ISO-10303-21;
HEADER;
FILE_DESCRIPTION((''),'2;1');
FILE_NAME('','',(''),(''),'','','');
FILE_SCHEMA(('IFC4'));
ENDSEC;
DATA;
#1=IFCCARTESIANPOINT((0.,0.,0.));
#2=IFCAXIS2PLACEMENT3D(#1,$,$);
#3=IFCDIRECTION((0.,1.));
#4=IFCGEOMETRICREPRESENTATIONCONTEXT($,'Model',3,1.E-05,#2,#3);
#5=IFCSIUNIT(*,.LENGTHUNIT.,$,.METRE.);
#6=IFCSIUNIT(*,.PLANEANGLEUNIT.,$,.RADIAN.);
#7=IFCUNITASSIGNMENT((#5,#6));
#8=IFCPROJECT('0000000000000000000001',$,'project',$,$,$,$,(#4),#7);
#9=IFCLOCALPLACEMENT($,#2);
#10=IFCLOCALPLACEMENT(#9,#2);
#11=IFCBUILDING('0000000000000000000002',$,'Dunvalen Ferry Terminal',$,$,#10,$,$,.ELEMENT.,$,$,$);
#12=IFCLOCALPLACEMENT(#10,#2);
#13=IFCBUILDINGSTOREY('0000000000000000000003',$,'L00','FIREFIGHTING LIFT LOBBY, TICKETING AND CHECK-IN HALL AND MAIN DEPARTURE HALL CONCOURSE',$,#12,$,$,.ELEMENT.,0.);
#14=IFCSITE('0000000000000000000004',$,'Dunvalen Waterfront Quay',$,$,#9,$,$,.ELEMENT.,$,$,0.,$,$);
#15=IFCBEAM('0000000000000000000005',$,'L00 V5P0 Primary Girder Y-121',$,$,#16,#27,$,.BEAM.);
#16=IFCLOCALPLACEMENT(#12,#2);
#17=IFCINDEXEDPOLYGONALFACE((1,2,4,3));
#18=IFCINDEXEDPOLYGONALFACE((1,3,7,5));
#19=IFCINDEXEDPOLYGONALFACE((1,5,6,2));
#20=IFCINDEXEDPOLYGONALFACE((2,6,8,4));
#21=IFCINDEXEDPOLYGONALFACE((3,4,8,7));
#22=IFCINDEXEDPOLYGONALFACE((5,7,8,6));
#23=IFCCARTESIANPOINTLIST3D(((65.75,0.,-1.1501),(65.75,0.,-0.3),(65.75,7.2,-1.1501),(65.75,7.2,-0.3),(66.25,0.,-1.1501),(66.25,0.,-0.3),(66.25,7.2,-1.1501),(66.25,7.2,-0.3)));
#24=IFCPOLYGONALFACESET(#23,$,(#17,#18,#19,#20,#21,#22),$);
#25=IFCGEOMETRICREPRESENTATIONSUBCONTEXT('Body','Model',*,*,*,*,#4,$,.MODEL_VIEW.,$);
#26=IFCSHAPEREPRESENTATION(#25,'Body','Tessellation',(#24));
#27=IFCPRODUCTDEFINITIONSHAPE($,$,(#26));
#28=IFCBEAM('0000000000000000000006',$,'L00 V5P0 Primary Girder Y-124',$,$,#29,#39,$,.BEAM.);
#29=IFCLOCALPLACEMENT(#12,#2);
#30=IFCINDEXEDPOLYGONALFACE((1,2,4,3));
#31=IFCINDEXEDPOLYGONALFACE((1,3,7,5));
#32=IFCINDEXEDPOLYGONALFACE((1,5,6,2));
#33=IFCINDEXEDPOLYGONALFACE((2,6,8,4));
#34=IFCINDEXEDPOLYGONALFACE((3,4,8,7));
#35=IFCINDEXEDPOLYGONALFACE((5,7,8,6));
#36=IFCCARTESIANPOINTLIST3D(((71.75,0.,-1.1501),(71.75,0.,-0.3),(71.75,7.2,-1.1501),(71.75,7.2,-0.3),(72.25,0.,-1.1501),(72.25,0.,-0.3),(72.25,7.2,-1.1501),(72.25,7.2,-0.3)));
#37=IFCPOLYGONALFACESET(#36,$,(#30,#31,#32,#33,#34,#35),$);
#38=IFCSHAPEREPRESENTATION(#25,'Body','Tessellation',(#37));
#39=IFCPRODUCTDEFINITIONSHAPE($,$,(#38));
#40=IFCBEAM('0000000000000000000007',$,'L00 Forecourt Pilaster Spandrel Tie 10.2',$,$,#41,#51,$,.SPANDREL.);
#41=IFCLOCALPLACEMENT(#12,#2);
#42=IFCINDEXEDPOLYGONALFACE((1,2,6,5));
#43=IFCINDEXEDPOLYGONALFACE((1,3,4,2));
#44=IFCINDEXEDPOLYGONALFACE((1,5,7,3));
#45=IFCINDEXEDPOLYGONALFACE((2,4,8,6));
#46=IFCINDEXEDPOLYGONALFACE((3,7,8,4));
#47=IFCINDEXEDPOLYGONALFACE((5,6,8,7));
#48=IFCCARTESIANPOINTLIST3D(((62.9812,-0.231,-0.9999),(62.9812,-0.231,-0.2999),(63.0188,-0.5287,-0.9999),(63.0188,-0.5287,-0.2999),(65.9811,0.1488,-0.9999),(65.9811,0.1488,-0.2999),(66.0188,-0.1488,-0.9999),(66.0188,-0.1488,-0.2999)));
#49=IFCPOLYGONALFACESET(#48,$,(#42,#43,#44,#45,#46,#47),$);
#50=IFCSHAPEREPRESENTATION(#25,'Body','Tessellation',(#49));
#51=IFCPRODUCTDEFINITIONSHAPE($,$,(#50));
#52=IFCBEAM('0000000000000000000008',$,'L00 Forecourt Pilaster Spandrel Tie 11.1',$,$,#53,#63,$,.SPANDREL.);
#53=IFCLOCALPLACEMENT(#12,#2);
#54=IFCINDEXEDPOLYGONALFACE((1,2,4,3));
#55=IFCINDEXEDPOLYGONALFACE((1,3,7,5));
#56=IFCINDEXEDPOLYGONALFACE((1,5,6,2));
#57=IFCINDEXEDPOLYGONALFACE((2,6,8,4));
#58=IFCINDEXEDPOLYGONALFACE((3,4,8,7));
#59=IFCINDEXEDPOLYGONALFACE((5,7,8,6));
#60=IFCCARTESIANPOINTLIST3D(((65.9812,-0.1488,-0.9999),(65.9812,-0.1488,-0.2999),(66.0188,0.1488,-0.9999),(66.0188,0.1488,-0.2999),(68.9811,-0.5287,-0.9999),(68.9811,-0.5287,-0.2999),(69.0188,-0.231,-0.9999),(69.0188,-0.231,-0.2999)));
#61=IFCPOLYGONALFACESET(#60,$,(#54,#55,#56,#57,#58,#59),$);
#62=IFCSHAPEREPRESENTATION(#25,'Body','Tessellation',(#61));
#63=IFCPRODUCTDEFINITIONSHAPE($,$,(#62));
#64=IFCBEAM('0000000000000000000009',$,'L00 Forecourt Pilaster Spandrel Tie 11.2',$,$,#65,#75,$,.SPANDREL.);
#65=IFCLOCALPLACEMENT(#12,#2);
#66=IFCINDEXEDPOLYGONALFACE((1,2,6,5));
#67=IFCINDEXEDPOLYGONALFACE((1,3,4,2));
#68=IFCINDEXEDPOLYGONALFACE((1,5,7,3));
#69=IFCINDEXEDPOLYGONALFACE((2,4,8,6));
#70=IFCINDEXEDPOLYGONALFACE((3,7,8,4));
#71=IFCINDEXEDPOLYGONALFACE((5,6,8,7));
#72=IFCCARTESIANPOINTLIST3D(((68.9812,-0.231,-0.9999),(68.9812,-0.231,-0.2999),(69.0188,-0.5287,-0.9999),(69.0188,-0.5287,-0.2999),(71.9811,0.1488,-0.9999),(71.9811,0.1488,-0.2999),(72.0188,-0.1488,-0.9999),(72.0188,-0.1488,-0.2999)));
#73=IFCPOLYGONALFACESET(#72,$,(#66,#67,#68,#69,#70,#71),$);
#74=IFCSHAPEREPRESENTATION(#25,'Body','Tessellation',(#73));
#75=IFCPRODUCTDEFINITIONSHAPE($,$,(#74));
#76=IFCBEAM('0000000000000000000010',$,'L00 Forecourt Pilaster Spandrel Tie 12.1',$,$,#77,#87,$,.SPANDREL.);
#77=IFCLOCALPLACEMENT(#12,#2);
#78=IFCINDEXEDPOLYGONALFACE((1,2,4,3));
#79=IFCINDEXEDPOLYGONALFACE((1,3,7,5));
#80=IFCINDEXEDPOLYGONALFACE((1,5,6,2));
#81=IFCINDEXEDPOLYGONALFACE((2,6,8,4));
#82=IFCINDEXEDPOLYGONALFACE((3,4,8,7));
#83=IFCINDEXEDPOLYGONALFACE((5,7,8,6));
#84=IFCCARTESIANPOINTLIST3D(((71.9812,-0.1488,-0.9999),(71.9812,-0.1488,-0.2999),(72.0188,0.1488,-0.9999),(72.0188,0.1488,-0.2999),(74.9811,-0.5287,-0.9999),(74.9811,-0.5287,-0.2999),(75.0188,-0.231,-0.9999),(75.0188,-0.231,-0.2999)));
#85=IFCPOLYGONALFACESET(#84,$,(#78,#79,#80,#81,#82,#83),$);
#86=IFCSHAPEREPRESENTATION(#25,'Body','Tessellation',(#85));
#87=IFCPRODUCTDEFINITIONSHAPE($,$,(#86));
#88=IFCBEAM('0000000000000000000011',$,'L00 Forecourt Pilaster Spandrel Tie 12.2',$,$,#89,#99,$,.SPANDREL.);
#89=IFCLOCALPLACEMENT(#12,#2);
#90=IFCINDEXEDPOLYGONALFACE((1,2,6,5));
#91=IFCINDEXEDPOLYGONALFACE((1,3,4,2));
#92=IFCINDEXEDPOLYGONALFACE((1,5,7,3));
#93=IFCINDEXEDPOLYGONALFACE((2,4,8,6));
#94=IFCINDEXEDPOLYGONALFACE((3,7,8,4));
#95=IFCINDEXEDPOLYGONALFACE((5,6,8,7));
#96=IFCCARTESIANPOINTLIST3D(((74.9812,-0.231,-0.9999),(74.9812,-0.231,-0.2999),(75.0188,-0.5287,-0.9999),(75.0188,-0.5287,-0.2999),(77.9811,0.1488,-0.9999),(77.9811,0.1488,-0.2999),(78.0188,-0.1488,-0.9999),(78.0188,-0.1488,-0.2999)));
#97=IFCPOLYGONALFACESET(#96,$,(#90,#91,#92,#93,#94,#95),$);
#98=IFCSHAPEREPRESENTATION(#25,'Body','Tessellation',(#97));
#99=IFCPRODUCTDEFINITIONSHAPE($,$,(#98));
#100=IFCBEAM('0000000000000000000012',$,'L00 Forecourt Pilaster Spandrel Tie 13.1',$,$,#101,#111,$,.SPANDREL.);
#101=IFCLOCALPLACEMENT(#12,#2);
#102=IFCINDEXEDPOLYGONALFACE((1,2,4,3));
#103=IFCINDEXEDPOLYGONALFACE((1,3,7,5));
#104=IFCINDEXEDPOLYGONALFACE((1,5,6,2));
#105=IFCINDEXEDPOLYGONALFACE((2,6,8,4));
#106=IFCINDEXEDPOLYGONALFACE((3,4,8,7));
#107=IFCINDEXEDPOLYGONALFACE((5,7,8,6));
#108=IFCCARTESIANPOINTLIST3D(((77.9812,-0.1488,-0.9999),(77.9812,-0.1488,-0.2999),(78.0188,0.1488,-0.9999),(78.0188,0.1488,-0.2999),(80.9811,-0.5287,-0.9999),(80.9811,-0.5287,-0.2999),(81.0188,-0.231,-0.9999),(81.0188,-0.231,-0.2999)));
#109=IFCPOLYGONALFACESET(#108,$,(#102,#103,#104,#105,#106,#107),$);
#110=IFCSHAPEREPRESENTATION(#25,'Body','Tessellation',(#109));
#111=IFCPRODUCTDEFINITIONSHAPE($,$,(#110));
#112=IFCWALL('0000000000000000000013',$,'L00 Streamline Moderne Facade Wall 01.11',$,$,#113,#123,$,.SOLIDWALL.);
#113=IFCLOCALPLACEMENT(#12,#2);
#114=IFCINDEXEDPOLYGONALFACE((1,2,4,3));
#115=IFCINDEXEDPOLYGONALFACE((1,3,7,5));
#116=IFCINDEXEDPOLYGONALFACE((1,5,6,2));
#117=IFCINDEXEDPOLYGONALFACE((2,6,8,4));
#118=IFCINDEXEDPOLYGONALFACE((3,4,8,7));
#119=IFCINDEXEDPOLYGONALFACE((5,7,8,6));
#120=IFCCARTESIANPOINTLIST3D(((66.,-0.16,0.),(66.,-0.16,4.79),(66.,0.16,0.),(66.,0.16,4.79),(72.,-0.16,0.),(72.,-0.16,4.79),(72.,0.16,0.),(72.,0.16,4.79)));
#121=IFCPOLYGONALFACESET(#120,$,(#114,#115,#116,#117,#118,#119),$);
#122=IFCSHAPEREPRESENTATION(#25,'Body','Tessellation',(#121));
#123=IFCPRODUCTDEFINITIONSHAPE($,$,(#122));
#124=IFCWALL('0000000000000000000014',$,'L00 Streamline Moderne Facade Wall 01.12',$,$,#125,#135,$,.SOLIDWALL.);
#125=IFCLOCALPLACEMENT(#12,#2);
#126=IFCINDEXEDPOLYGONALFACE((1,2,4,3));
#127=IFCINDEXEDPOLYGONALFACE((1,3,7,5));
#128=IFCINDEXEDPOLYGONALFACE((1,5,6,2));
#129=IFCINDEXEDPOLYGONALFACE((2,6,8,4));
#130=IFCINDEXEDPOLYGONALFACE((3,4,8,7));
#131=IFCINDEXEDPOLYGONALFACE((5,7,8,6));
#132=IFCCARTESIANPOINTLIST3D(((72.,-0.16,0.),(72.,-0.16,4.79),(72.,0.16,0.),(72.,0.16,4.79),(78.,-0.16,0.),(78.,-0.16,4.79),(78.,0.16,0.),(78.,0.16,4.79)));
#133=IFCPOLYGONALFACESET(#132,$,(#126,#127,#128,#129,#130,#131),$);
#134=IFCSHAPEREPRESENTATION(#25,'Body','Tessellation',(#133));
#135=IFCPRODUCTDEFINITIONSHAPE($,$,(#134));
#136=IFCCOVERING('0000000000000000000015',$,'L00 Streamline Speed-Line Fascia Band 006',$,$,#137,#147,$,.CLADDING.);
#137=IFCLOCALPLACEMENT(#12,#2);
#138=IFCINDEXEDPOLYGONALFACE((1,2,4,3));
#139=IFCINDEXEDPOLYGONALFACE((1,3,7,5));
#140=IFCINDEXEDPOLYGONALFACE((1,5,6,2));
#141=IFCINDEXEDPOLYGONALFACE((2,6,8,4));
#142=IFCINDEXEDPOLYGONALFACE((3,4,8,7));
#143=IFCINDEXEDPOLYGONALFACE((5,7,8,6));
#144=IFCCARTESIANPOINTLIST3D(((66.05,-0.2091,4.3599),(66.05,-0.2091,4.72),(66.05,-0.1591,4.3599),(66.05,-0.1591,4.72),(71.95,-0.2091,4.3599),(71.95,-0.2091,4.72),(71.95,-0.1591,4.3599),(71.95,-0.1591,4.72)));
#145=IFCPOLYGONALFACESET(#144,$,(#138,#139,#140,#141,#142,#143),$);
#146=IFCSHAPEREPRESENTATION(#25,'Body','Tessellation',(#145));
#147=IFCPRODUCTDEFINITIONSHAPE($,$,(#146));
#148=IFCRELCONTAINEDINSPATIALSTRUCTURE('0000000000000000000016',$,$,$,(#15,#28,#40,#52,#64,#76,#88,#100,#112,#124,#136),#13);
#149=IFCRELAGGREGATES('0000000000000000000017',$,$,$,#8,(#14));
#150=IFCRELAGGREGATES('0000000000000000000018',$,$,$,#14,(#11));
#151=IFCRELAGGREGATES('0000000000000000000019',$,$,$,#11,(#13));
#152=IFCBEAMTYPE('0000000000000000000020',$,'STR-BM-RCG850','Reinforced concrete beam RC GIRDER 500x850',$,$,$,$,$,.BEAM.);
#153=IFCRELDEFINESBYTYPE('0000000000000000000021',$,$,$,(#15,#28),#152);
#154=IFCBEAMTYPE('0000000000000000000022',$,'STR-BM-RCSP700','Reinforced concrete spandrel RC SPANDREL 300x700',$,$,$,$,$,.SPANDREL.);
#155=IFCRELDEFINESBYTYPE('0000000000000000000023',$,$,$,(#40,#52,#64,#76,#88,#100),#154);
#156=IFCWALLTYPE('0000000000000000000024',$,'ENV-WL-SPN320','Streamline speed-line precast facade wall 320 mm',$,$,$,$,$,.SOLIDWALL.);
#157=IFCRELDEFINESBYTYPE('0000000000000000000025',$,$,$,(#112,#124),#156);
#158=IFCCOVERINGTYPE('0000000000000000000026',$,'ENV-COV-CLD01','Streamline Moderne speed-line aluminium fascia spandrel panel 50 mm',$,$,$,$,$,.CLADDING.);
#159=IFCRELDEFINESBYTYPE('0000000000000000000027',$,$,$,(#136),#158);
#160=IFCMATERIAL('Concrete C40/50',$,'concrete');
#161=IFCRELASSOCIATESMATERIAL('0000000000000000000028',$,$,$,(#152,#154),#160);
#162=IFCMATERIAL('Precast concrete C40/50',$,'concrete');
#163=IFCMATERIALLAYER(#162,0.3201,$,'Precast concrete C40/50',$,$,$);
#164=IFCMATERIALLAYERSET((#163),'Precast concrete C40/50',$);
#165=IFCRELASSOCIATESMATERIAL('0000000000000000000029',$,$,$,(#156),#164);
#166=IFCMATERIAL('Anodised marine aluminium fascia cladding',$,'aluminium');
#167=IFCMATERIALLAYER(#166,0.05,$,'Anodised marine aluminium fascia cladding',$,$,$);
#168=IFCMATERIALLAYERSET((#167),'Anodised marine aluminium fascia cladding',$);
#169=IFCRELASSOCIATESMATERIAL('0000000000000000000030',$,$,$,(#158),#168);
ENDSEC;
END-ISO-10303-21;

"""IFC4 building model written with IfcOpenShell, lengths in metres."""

from ifc_helpers import new_model, si_unit, direction, frame, frame_2d, origin, origin_2d, place, context, subcontext, project, spatial, rectangle, extrude, material, layer, layer_set, material_profile, profile_set, type_object, element, save


model = new_model("IFC4")

# Units and contexts
model_context = context("Model", 3, precision=1e-05, world=origin(), true_north=direction((0.0, 1.0)))
body_context = subcontext(model_context, "Body", "Model", "MODEL_VIEW")
ifc_project = project(units=[si_unit("LENGTHUNIT", "METRE"), si_unit("PLANEANGLEUNIT", "RADIAN")], contexts=[model_context])

# Site, building, storey
site_placement = place(None, origin())
site = spatial("IfcSite", under=ifc_project, at=site_placement, Name="Dunvalen Waterfront Quay", CompositionType="ELEMENT", RefElevation=0.0)
building_placement = place(site_placement, origin())
building = spatial("IfcBuilding", under=site, at=building_placement, Name="Dunvalen Ferry Terminal", CompositionType="ELEMENT")
storey_placement = place(building_placement, origin())
storey = spatial("IfcBuildingStorey", under=building, at=storey_placement, Name="L00", Description="FIREFIGHTING LIFT LOBBY, TICKETING AND CHECK-IN HALL AND MAIN DEPARTURE HALL CONCOURSE", CompositionType="ELEMENT", Elevation=0.0)

# Shared definitions
ifc_material_1 = material(Name="Concrete C40/50", Category="concrete")

# Beams
ifc_material_profile_1 = material_profile(ifc_material_1, rectangle(XDim=0.5, YDim=0.8501, at=origin_2d()), Name="Concrete C40/50")
ifc_profile_set_1 = profile_set([ifc_material_profile_1], Name="Concrete C40/50")
beam_type_1 = type_object("IfcBeamType", Name="STR-BM-RCG850", Description="Reinforced concrete beam RC GIRDER 500x850", PredefinedType="BEAM", material=ifc_profile_set_1)
for number, where, z_axis, x_axis, name in (
    (1, (66.0, 0.0, -0.7251), (0.0, 1.0, 0.0), (-1.0, 0.0, 0.0), "L00 V5P0 Primary Girder Y-121"),
    (2, (72.0, 0.0, -0.7251), (0.0, 1.0, 0.0), (-1.0, 0.0, 0.0), "L00 V5P0 Primary Girder Y-124"),
):
    element("IfcBeam", number, at=place(storey_placement, frame(where, z_axis=z_axis, x_axis=x_axis)), inside=storey, type_object=beam_type_1, Name=name, PredefinedType="BEAM", context=body_context, shape_type="SweptSolid", body=[
        extrude(rectangle(XDim=0.5, YDim=0.8501, at=origin_2d()), origin(), (0.0, 0.0, 1.0), 7.2),
    ])
ifc_material_profile_2 = material_profile(ifc_material_1, rectangle(XDim=0.3, YDim=0.7, at=origin_2d()), Name="Concrete C40/50")
ifc_profile_set_2 = profile_set([ifc_material_profile_2], Name="Concrete C40/50")
beam_type_2 = type_object("IfcBeamType", Name="STR-BM-RCSP700", Description="Reinforced concrete spandrel RC SPANDREL 300x700", PredefinedType="SPANDREL", material=ifc_profile_set_2)
for number, where, z_axis, x_axis, name in (
    (3, (63.0, -0.3799, -0.6499), (0.992078, 0.125624, 0.0), (-0.125624, 0.992078, 0.0), "L00 Forecourt Pilaster Spandrel Tie 10.2"),
    (4, (66.0, 0.0, -0.6499), (0.992078, -0.125624, 0.0), (0.125624, 0.992078, 0.0), "L00 Forecourt Pilaster Spandrel Tie 11.1"),
    (5, (69.0, -0.3799, -0.6499), (0.992078, 0.125624, 0.0), (-0.125624, 0.992078, 0.0), "L00 Forecourt Pilaster Spandrel Tie 11.2"),
    (6, (72.0, 0.0, -0.6499), (0.992078, -0.125624, 0.0), (0.125624, 0.992078, 0.0), "L00 Forecourt Pilaster Spandrel Tie 12.1"),
    (7, (75.0, -0.3799, -0.6499), (0.992078, 0.125624, 0.0), (-0.125624, 0.992078, 0.0), "L00 Forecourt Pilaster Spandrel Tie 12.2"),
    (8, (78.0, 0.0, -0.6499), (0.992078, -0.125624, 0.0), (0.125624, 0.992078, 0.0), "L00 Forecourt Pilaster Spandrel Tie 13.1"),
):
    element("IfcBeam", number, at=place(storey_placement, frame(where, z_axis=z_axis, x_axis=x_axis)), inside=storey, type_object=beam_type_2, Name=name, PredefinedType="SPANDREL", context=body_context, shape_type="SweptSolid", body=[
        extrude(rectangle(XDim=0.3, YDim=0.7, at=origin_2d()), origin(), (0.0, 0.0, 1.0), 3.0239),
    ])

# Walls
ifc_material_2 = material(Name="Precast concrete C40/50", Category="concrete")
ifc_layer_1 = layer(ifc_material_2, 0.3201, Name="Precast concrete C40/50")
ifc_layer_set_1 = layer_set([ifc_layer_1], Name="Precast concrete C40/50")
wall_type = type_object("IfcWallType", Name="ENV-WL-SPN320", Description="Streamline speed-line precast facade wall 320 mm", PredefinedType="SOLIDWALL", material=ifc_layer_set_1)
for number, where, z_axis, x_axis, name in (
    (9, (66.0, 0.0, 0.0), (0.0, 0.0, 1.0), (1.0, 0.0, 0.0), "L00 Streamline Moderne Facade Wall 01.11"),
    (10, (72.0, 0.0, 0.0), (0.0, 0.0, 1.0), (1.0, 0.0, 0.0), "L00 Streamline Moderne Facade Wall 01.12"),
):
    element("IfcWall", number, at=place(storey_placement, frame(where, z_axis=z_axis, x_axis=x_axis)), inside=storey, type_object=wall_type, Name=name, PredefinedType="SOLIDWALL", context=body_context, shape_type="SweptSolid", body=[
        extrude(rectangle(XDim=6.0, YDim=0.3201, at=frame_2d((3.0, 0.0))), origin(), (0.0, 0.0, 1.0), 4.79),
    ])

# Covering
ifc_material_3 = material(Name="Anodised marine aluminium fascia cladding", Category="aluminium")
ifc_layer_2 = layer(ifc_material_3, 0.05, Name="Anodised marine aluminium fascia cladding")
ifc_layer_set_2 = layer_set([ifc_layer_2], Name="Anodised marine aluminium fascia cladding")
covering_type = type_object("IfcCoveringType", Name="ENV-COV-CLD01", Description="Streamline Moderne speed-line aluminium fascia spandrel panel 50 mm", PredefinedType="CLADDING", material=ifc_layer_set_2)
covering_placement = place(storey_placement, frame((69.0, -0.1841, 4.3599), z_axis=(0.0, 0.0, 1.0), x_axis=(1.0, 0.0, 0.0)))
element("IfcCovering", 11, at=covering_placement, inside=storey, type_object=covering_type, Name="L00 Streamline Speed-Line Fascia Band 006", PredefinedType="CLADDING", context=body_context, shape_type="SweptSolid", body=[
    extrude(rectangle(XDim=5.8999, YDim=0.05, at=origin_2d()), origin(), (0.0, 0.0, 1.0), 0.3601),
])

save(model, "model.ifc")
